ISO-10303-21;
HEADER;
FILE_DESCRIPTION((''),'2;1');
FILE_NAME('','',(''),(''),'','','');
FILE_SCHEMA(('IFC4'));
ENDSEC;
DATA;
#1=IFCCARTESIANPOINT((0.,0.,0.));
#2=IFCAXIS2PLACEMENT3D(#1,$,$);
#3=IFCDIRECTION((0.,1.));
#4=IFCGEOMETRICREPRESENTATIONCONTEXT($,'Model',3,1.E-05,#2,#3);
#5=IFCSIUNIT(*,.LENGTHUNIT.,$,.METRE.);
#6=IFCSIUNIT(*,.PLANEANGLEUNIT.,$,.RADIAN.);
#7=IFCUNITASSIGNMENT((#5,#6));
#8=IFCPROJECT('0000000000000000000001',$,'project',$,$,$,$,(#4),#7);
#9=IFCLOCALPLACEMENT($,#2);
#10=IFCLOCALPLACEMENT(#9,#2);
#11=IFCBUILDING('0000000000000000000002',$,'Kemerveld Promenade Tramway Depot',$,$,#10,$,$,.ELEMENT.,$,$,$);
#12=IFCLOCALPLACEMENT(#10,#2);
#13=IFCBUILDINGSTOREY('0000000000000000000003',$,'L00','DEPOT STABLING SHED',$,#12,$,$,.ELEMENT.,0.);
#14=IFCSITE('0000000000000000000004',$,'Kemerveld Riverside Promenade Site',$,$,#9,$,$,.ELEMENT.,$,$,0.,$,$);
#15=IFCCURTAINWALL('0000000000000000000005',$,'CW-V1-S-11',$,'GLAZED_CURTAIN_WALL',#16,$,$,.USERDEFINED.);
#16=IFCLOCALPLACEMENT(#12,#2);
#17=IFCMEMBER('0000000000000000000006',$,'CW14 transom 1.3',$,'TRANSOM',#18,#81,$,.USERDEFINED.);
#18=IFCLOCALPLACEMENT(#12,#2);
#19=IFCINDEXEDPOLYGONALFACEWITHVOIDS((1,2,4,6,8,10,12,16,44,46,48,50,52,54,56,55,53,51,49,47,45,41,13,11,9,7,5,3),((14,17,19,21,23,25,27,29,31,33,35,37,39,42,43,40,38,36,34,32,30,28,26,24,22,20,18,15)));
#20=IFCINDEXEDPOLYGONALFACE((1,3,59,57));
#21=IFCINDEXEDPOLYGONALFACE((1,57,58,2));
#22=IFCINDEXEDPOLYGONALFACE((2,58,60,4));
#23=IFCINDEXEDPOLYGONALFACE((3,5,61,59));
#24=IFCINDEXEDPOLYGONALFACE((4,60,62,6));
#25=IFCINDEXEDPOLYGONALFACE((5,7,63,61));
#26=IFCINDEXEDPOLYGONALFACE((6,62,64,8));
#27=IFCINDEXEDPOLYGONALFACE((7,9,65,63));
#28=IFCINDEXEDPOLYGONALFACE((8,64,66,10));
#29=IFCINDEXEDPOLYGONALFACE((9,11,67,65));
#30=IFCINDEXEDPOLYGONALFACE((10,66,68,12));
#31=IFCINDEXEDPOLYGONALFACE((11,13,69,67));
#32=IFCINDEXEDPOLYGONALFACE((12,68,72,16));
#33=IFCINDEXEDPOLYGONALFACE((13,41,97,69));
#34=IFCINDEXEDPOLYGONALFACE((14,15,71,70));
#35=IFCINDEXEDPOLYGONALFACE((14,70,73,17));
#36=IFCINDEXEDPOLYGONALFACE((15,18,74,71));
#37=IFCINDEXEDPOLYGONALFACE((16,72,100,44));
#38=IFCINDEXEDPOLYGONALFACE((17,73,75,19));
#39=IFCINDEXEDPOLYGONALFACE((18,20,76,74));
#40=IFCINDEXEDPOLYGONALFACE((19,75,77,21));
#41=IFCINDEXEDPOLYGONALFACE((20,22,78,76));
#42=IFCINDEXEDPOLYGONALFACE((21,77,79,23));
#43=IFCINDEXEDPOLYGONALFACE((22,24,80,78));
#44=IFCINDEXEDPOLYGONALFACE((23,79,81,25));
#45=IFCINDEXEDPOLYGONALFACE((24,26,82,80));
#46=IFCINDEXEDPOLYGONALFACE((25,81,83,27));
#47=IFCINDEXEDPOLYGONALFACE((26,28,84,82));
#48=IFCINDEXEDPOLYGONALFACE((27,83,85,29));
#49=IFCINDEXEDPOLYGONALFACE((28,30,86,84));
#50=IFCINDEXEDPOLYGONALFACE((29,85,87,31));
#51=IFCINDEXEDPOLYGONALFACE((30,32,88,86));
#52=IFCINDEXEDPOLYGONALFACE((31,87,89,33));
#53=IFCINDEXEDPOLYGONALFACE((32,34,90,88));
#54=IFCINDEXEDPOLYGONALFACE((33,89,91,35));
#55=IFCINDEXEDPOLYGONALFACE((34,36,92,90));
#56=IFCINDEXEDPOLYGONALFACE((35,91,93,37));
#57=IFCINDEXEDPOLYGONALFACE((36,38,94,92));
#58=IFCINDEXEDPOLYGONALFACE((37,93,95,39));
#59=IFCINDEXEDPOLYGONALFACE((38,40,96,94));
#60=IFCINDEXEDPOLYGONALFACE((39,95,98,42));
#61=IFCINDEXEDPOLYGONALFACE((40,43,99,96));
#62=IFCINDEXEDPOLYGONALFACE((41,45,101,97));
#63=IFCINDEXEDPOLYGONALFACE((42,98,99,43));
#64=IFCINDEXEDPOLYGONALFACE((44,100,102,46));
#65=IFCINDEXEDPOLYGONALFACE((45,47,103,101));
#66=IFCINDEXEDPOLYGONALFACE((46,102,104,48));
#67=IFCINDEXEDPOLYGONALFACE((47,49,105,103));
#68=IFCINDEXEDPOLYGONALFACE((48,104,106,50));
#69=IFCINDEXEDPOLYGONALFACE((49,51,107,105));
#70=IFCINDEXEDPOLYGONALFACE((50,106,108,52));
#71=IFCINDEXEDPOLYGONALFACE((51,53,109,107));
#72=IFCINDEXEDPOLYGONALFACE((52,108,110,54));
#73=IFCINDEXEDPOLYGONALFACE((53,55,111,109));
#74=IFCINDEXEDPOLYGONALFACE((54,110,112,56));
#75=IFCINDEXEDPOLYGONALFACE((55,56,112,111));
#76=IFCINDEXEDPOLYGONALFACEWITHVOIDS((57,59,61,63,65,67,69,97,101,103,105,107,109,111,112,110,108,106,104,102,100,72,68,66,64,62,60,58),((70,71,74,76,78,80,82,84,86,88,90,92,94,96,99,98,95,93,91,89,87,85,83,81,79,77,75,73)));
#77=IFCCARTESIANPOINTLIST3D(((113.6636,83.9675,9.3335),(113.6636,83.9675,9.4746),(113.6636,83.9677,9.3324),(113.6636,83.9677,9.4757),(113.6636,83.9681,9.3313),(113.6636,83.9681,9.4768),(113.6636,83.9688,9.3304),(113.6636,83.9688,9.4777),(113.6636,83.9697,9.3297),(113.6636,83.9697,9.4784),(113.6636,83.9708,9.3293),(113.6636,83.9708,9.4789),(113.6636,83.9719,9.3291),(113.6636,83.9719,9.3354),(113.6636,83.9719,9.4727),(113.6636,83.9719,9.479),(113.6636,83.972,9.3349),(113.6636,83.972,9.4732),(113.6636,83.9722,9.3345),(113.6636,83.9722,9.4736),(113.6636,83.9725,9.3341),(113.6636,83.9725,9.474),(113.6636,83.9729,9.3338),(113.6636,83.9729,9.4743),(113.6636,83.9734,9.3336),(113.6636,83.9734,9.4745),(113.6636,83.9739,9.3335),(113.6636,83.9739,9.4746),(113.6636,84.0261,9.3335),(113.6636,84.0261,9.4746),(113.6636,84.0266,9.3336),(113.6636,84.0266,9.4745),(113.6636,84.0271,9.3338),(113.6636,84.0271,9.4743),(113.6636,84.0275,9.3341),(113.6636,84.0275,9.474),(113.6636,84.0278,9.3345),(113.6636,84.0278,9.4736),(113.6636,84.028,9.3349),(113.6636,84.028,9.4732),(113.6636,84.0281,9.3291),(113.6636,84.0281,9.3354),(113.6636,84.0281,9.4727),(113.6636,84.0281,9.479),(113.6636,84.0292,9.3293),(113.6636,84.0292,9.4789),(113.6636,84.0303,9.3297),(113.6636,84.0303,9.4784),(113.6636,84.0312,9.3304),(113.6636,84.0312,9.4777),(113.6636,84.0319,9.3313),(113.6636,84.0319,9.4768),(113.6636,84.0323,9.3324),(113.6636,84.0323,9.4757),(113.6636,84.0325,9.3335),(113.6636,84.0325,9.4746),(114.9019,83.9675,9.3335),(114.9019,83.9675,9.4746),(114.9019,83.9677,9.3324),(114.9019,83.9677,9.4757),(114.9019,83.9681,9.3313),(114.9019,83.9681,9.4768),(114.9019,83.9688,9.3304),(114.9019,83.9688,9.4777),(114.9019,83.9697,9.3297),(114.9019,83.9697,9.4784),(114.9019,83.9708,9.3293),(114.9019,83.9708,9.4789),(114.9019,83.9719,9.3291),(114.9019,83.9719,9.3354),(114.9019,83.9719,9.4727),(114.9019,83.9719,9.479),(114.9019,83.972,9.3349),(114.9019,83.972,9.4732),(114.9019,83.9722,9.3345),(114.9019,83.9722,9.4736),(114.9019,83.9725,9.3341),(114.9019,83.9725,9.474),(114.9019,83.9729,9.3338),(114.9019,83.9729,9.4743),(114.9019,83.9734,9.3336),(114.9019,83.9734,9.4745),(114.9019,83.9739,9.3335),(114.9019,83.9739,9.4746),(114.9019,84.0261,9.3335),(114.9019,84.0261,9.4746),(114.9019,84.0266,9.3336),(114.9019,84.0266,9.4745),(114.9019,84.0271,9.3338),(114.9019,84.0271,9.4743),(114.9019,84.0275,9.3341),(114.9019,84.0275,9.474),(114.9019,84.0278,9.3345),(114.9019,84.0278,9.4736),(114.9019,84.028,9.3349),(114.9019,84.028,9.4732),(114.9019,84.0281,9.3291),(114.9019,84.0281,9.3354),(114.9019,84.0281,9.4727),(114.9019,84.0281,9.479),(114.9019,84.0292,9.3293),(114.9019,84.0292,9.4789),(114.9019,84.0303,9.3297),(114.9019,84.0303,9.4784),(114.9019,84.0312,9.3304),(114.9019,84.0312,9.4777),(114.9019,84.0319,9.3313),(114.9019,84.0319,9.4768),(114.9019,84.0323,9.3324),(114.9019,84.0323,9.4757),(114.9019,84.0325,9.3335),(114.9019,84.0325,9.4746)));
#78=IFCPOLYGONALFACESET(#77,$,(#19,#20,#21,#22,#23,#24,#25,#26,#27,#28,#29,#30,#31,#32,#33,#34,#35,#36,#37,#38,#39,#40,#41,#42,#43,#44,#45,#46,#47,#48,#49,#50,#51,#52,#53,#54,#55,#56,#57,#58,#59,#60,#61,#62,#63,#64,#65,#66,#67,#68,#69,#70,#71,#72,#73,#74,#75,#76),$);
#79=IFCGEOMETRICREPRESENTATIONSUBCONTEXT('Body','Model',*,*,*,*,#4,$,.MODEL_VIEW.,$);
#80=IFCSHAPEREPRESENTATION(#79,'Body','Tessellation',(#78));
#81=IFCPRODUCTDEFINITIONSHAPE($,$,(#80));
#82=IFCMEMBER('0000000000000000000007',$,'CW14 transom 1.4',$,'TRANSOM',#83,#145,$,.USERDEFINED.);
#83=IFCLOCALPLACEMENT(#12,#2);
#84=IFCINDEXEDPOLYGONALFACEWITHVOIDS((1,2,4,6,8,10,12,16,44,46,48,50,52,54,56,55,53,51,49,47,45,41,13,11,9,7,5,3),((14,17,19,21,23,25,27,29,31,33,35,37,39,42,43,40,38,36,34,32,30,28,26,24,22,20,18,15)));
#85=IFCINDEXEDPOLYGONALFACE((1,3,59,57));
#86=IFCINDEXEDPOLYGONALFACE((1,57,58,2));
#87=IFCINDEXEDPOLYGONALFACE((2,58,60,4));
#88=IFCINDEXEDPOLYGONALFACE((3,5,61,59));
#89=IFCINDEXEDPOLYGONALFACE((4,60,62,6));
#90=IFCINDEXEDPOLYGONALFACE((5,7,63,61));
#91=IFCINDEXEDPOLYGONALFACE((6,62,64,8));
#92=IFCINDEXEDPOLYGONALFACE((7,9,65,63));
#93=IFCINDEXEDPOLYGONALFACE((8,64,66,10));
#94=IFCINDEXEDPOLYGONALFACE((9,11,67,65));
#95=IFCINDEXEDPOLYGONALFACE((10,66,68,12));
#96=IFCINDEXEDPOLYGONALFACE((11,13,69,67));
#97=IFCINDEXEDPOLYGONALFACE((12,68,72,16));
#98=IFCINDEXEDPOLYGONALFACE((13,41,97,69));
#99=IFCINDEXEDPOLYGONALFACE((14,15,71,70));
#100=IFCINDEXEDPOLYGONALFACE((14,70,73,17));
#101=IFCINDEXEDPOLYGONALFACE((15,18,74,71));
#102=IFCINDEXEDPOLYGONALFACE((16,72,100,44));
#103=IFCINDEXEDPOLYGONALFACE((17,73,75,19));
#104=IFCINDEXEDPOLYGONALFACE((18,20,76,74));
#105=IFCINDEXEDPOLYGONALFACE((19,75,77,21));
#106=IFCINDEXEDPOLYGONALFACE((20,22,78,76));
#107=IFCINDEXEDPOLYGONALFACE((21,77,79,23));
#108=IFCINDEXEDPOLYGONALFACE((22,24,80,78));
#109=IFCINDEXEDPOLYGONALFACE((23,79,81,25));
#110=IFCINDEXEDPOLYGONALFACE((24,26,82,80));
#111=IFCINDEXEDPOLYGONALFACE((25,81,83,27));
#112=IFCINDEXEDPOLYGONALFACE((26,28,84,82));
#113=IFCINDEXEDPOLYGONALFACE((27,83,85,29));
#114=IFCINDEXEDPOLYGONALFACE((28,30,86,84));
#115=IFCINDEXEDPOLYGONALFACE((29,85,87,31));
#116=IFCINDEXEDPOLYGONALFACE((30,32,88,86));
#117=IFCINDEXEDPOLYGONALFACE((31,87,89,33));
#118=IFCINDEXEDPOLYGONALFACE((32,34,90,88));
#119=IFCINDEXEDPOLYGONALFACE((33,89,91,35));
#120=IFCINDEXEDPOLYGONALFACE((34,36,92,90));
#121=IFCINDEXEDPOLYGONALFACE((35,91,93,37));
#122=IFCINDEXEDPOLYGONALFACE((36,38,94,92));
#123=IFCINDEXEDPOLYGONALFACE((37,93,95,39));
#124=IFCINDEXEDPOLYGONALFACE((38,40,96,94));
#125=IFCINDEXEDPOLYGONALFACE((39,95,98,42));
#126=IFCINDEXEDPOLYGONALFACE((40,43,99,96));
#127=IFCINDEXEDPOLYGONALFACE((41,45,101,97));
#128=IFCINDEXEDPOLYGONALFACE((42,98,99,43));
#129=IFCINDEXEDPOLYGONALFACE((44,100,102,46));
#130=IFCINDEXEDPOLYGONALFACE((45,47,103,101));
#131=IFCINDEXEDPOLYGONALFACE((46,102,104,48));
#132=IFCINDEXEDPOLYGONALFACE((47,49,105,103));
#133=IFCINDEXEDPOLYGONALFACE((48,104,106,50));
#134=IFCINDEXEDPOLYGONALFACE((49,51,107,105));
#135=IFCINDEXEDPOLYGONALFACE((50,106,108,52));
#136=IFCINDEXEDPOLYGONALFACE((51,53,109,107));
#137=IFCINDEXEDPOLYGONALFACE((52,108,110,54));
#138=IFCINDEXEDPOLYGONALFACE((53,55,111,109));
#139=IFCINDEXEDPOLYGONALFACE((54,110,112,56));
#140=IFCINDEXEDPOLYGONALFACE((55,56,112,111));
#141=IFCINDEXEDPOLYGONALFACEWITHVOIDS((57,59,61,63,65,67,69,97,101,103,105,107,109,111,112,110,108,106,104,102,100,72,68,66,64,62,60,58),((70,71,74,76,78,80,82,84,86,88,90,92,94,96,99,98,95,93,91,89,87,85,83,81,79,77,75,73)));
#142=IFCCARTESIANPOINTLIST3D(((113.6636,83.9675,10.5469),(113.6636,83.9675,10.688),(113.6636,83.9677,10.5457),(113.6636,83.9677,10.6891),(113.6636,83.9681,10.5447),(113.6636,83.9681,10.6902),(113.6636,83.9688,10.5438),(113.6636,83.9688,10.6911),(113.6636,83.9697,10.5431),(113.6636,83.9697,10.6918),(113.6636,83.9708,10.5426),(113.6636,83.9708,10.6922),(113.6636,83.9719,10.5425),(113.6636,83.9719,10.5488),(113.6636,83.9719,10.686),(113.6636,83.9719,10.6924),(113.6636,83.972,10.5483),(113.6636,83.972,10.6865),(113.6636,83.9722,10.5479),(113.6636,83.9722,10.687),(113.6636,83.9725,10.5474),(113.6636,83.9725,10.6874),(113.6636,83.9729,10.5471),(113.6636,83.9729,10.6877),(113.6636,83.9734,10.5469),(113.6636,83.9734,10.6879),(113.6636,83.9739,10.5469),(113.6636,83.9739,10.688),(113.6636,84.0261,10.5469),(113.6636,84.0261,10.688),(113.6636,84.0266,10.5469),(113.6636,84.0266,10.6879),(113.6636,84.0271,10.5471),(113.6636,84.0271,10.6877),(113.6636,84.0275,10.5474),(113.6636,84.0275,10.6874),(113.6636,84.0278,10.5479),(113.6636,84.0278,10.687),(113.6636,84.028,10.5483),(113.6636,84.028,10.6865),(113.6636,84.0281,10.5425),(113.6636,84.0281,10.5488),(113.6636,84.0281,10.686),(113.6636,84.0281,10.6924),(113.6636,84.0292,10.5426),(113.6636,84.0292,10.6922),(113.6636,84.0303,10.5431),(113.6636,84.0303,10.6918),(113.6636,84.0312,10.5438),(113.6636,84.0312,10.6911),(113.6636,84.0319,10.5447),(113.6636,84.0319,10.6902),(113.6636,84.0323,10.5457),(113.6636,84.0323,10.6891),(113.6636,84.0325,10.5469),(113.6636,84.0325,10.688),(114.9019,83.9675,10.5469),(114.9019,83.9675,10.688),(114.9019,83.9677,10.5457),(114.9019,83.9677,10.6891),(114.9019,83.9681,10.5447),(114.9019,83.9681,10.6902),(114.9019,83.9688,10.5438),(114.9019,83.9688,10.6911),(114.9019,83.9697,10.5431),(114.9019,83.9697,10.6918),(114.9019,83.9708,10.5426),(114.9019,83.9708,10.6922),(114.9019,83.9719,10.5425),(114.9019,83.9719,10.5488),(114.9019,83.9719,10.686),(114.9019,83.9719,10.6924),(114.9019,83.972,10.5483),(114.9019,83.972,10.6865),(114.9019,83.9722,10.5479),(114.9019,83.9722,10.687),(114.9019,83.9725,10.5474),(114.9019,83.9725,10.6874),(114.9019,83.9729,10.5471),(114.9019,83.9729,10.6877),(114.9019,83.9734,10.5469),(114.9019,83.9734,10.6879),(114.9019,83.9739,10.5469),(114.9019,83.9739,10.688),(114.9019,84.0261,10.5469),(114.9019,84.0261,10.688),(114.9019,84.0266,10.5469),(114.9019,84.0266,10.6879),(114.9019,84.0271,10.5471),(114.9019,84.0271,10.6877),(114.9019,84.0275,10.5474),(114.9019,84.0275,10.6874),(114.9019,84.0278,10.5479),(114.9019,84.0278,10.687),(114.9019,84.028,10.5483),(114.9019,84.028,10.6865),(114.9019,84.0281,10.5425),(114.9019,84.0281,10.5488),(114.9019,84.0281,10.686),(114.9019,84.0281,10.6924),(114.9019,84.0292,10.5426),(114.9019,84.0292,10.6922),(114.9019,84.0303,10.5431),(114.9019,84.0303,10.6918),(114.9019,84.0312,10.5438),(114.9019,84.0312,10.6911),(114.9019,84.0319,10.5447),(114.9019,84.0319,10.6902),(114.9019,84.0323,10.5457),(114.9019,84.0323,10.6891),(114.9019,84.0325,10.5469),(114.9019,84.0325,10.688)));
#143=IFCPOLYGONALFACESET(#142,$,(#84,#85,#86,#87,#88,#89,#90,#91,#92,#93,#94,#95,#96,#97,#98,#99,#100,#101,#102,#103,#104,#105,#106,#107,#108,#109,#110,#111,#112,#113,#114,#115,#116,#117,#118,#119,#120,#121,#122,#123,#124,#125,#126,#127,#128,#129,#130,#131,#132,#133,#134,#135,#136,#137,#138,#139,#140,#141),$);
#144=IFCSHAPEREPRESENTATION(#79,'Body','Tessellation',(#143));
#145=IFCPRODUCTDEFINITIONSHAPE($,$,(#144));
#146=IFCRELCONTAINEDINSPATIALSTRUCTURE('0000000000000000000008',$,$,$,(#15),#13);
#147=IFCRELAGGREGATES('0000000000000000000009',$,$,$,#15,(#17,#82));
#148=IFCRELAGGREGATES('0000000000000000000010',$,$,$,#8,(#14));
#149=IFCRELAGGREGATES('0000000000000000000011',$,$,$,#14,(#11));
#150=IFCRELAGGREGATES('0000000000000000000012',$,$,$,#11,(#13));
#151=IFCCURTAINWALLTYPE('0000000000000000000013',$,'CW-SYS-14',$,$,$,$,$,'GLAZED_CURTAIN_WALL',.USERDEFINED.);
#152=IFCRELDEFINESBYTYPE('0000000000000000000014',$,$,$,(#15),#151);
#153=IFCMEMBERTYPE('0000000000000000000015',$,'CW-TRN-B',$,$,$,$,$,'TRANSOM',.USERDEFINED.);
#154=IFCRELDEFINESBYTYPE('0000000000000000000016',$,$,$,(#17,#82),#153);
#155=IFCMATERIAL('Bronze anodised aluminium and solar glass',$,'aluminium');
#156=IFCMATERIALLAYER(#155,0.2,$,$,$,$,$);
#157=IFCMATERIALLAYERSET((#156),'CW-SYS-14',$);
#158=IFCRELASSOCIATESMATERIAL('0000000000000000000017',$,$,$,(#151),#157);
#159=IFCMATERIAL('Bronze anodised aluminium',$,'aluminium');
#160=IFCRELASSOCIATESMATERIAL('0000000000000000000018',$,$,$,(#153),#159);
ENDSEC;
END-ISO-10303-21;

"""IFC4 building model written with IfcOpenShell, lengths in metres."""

from ifc_helpers import new_model, si_unit, direction, frame, origin, origin_2d, place, context, subcontext, project, spatial, hollow_rectangle, extrude, material, layer, layer_set, material_profile, profile_set, type_object, element, aggregate, save


model = new_model("IFC4")

# Units and contexts
model_context = context("Model", 3, precision=1e-05, world=origin(), true_north=direction((0.0, 1.0)))
body_context = subcontext(model_context, "Body", "Model", "MODEL_VIEW")
ifc_project = project(units=[si_unit("LENGTHUNIT", "METRE"), si_unit("PLANEANGLEUNIT", "RADIAN")], contexts=[model_context])

# Site, building, storey
site_placement = place(None, origin())
site = spatial("IfcSite", under=ifc_project, at=site_placement, Name="Kemerveld Riverside Promenade Site", CompositionType="ELEMENT", RefElevation=0.0)
building_placement = place(site_placement, origin())
building = spatial("IfcBuilding", under=site, at=building_placement, Name="Kemerveld Promenade Tramway Depot", CompositionType="ELEMENT")
storey_placement = place(building_placement, origin())
storey = spatial("IfcBuildingStorey", under=building, at=storey_placement, Name="L00", Description="DEPOT STABLING SHED", CompositionType="ELEMENT", Elevation=0.0)

# Curtain wall, members
ifc_material_1 = material(Name="Bronze anodised aluminium and solar glass", Category="aluminium")
ifc_material_2 = material(Name="Bronze anodised aluminium", Category="aluminium")
ifc_layer_1 = layer(ifc_material_1, 0.2)
ifc_layer_set_1 = layer_set([ifc_layer_1], Name="CW-SYS-14")
curtain_wall_type_1 = type_object("IfcCurtainWallType", Name="CW-SYS-14", ElementType="GLAZED_CURTAIN_WALL", PredefinedType="USERDEFINED", material=ifc_layer_set_1)
curtain_wall_1_placement = place(storey_placement, origin())
curtain_wall_1 = element("IfcCurtainWall", 1, at=curtain_wall_1_placement, inside=storey, type_object=curtain_wall_type_1, Name="CW-V1-S-11", ObjectType="GLAZED_CURTAIN_WALL", PredefinedType="USERDEFINED")
ifc_material_profile_1 = material_profile(ifc_material_2, hollow_rectangle(XDim=0.0649, YDim=0.1499, WallThickness=0.0044, InnerFilletRadius=0.002, OuterFilletRadius=0.0044, at=origin_2d()), Name="CW-TRN-150x65")
ifc_profile_set_1 = profile_set([ifc_material_profile_1], Name="Bronze anodised aluminium")
member_type_1 = type_object("IfcMemberType", Name="CW-TRN-B", ElementType="TRANSOM", PredefinedType="USERDEFINED", material=ifc_profile_set_1)
member_1_placement = place(storey_placement, frame((114.9019, 84.0, 9.4041), z_axis=(-1.0, 0.0, 0.0), x_axis=(0.0, -1.0, 0.0)))
member_1 = element("IfcMember", 2, at=member_1_placement, type_object=member_type_1, Name="CW14 transom 1.3", ObjectType="TRANSOM", PredefinedType="USERDEFINED", context=body_context, shape_type="SweptSolid", body=[
    extrude(hollow_rectangle(XDim=0.0649, YDim=0.1499, WallThickness=0.0044, InnerFilletRadius=0.002, OuterFilletRadius=0.0044, at=origin_2d()), origin(), (0.0, 0.0, 1.0), 1.2383),
])
member_2_placement = place(storey_placement, frame((114.9019, 84.0, 10.6174), z_axis=(-1.0, 0.0, 0.0), x_axis=(0.0, -1.0, 0.0)))
member_2 = element("IfcMember", 3, at=member_2_placement, type_object=member_type_1, Name="CW14 transom 1.4", ObjectType="TRANSOM", PredefinedType="USERDEFINED", context=body_context, shape_type="SweptSolid", body=[
    extrude(hollow_rectangle(XDim=0.0649, YDim=0.1499, WallThickness=0.0044, InnerFilletRadius=0.002, OuterFilletRadius=0.0044, at=origin_2d()), origin(), (0.0, 0.0, 1.0), 1.2383),
])

aggregate(curtain_wall_1, [member_1, member_2])

save(model, "model.ifc")
